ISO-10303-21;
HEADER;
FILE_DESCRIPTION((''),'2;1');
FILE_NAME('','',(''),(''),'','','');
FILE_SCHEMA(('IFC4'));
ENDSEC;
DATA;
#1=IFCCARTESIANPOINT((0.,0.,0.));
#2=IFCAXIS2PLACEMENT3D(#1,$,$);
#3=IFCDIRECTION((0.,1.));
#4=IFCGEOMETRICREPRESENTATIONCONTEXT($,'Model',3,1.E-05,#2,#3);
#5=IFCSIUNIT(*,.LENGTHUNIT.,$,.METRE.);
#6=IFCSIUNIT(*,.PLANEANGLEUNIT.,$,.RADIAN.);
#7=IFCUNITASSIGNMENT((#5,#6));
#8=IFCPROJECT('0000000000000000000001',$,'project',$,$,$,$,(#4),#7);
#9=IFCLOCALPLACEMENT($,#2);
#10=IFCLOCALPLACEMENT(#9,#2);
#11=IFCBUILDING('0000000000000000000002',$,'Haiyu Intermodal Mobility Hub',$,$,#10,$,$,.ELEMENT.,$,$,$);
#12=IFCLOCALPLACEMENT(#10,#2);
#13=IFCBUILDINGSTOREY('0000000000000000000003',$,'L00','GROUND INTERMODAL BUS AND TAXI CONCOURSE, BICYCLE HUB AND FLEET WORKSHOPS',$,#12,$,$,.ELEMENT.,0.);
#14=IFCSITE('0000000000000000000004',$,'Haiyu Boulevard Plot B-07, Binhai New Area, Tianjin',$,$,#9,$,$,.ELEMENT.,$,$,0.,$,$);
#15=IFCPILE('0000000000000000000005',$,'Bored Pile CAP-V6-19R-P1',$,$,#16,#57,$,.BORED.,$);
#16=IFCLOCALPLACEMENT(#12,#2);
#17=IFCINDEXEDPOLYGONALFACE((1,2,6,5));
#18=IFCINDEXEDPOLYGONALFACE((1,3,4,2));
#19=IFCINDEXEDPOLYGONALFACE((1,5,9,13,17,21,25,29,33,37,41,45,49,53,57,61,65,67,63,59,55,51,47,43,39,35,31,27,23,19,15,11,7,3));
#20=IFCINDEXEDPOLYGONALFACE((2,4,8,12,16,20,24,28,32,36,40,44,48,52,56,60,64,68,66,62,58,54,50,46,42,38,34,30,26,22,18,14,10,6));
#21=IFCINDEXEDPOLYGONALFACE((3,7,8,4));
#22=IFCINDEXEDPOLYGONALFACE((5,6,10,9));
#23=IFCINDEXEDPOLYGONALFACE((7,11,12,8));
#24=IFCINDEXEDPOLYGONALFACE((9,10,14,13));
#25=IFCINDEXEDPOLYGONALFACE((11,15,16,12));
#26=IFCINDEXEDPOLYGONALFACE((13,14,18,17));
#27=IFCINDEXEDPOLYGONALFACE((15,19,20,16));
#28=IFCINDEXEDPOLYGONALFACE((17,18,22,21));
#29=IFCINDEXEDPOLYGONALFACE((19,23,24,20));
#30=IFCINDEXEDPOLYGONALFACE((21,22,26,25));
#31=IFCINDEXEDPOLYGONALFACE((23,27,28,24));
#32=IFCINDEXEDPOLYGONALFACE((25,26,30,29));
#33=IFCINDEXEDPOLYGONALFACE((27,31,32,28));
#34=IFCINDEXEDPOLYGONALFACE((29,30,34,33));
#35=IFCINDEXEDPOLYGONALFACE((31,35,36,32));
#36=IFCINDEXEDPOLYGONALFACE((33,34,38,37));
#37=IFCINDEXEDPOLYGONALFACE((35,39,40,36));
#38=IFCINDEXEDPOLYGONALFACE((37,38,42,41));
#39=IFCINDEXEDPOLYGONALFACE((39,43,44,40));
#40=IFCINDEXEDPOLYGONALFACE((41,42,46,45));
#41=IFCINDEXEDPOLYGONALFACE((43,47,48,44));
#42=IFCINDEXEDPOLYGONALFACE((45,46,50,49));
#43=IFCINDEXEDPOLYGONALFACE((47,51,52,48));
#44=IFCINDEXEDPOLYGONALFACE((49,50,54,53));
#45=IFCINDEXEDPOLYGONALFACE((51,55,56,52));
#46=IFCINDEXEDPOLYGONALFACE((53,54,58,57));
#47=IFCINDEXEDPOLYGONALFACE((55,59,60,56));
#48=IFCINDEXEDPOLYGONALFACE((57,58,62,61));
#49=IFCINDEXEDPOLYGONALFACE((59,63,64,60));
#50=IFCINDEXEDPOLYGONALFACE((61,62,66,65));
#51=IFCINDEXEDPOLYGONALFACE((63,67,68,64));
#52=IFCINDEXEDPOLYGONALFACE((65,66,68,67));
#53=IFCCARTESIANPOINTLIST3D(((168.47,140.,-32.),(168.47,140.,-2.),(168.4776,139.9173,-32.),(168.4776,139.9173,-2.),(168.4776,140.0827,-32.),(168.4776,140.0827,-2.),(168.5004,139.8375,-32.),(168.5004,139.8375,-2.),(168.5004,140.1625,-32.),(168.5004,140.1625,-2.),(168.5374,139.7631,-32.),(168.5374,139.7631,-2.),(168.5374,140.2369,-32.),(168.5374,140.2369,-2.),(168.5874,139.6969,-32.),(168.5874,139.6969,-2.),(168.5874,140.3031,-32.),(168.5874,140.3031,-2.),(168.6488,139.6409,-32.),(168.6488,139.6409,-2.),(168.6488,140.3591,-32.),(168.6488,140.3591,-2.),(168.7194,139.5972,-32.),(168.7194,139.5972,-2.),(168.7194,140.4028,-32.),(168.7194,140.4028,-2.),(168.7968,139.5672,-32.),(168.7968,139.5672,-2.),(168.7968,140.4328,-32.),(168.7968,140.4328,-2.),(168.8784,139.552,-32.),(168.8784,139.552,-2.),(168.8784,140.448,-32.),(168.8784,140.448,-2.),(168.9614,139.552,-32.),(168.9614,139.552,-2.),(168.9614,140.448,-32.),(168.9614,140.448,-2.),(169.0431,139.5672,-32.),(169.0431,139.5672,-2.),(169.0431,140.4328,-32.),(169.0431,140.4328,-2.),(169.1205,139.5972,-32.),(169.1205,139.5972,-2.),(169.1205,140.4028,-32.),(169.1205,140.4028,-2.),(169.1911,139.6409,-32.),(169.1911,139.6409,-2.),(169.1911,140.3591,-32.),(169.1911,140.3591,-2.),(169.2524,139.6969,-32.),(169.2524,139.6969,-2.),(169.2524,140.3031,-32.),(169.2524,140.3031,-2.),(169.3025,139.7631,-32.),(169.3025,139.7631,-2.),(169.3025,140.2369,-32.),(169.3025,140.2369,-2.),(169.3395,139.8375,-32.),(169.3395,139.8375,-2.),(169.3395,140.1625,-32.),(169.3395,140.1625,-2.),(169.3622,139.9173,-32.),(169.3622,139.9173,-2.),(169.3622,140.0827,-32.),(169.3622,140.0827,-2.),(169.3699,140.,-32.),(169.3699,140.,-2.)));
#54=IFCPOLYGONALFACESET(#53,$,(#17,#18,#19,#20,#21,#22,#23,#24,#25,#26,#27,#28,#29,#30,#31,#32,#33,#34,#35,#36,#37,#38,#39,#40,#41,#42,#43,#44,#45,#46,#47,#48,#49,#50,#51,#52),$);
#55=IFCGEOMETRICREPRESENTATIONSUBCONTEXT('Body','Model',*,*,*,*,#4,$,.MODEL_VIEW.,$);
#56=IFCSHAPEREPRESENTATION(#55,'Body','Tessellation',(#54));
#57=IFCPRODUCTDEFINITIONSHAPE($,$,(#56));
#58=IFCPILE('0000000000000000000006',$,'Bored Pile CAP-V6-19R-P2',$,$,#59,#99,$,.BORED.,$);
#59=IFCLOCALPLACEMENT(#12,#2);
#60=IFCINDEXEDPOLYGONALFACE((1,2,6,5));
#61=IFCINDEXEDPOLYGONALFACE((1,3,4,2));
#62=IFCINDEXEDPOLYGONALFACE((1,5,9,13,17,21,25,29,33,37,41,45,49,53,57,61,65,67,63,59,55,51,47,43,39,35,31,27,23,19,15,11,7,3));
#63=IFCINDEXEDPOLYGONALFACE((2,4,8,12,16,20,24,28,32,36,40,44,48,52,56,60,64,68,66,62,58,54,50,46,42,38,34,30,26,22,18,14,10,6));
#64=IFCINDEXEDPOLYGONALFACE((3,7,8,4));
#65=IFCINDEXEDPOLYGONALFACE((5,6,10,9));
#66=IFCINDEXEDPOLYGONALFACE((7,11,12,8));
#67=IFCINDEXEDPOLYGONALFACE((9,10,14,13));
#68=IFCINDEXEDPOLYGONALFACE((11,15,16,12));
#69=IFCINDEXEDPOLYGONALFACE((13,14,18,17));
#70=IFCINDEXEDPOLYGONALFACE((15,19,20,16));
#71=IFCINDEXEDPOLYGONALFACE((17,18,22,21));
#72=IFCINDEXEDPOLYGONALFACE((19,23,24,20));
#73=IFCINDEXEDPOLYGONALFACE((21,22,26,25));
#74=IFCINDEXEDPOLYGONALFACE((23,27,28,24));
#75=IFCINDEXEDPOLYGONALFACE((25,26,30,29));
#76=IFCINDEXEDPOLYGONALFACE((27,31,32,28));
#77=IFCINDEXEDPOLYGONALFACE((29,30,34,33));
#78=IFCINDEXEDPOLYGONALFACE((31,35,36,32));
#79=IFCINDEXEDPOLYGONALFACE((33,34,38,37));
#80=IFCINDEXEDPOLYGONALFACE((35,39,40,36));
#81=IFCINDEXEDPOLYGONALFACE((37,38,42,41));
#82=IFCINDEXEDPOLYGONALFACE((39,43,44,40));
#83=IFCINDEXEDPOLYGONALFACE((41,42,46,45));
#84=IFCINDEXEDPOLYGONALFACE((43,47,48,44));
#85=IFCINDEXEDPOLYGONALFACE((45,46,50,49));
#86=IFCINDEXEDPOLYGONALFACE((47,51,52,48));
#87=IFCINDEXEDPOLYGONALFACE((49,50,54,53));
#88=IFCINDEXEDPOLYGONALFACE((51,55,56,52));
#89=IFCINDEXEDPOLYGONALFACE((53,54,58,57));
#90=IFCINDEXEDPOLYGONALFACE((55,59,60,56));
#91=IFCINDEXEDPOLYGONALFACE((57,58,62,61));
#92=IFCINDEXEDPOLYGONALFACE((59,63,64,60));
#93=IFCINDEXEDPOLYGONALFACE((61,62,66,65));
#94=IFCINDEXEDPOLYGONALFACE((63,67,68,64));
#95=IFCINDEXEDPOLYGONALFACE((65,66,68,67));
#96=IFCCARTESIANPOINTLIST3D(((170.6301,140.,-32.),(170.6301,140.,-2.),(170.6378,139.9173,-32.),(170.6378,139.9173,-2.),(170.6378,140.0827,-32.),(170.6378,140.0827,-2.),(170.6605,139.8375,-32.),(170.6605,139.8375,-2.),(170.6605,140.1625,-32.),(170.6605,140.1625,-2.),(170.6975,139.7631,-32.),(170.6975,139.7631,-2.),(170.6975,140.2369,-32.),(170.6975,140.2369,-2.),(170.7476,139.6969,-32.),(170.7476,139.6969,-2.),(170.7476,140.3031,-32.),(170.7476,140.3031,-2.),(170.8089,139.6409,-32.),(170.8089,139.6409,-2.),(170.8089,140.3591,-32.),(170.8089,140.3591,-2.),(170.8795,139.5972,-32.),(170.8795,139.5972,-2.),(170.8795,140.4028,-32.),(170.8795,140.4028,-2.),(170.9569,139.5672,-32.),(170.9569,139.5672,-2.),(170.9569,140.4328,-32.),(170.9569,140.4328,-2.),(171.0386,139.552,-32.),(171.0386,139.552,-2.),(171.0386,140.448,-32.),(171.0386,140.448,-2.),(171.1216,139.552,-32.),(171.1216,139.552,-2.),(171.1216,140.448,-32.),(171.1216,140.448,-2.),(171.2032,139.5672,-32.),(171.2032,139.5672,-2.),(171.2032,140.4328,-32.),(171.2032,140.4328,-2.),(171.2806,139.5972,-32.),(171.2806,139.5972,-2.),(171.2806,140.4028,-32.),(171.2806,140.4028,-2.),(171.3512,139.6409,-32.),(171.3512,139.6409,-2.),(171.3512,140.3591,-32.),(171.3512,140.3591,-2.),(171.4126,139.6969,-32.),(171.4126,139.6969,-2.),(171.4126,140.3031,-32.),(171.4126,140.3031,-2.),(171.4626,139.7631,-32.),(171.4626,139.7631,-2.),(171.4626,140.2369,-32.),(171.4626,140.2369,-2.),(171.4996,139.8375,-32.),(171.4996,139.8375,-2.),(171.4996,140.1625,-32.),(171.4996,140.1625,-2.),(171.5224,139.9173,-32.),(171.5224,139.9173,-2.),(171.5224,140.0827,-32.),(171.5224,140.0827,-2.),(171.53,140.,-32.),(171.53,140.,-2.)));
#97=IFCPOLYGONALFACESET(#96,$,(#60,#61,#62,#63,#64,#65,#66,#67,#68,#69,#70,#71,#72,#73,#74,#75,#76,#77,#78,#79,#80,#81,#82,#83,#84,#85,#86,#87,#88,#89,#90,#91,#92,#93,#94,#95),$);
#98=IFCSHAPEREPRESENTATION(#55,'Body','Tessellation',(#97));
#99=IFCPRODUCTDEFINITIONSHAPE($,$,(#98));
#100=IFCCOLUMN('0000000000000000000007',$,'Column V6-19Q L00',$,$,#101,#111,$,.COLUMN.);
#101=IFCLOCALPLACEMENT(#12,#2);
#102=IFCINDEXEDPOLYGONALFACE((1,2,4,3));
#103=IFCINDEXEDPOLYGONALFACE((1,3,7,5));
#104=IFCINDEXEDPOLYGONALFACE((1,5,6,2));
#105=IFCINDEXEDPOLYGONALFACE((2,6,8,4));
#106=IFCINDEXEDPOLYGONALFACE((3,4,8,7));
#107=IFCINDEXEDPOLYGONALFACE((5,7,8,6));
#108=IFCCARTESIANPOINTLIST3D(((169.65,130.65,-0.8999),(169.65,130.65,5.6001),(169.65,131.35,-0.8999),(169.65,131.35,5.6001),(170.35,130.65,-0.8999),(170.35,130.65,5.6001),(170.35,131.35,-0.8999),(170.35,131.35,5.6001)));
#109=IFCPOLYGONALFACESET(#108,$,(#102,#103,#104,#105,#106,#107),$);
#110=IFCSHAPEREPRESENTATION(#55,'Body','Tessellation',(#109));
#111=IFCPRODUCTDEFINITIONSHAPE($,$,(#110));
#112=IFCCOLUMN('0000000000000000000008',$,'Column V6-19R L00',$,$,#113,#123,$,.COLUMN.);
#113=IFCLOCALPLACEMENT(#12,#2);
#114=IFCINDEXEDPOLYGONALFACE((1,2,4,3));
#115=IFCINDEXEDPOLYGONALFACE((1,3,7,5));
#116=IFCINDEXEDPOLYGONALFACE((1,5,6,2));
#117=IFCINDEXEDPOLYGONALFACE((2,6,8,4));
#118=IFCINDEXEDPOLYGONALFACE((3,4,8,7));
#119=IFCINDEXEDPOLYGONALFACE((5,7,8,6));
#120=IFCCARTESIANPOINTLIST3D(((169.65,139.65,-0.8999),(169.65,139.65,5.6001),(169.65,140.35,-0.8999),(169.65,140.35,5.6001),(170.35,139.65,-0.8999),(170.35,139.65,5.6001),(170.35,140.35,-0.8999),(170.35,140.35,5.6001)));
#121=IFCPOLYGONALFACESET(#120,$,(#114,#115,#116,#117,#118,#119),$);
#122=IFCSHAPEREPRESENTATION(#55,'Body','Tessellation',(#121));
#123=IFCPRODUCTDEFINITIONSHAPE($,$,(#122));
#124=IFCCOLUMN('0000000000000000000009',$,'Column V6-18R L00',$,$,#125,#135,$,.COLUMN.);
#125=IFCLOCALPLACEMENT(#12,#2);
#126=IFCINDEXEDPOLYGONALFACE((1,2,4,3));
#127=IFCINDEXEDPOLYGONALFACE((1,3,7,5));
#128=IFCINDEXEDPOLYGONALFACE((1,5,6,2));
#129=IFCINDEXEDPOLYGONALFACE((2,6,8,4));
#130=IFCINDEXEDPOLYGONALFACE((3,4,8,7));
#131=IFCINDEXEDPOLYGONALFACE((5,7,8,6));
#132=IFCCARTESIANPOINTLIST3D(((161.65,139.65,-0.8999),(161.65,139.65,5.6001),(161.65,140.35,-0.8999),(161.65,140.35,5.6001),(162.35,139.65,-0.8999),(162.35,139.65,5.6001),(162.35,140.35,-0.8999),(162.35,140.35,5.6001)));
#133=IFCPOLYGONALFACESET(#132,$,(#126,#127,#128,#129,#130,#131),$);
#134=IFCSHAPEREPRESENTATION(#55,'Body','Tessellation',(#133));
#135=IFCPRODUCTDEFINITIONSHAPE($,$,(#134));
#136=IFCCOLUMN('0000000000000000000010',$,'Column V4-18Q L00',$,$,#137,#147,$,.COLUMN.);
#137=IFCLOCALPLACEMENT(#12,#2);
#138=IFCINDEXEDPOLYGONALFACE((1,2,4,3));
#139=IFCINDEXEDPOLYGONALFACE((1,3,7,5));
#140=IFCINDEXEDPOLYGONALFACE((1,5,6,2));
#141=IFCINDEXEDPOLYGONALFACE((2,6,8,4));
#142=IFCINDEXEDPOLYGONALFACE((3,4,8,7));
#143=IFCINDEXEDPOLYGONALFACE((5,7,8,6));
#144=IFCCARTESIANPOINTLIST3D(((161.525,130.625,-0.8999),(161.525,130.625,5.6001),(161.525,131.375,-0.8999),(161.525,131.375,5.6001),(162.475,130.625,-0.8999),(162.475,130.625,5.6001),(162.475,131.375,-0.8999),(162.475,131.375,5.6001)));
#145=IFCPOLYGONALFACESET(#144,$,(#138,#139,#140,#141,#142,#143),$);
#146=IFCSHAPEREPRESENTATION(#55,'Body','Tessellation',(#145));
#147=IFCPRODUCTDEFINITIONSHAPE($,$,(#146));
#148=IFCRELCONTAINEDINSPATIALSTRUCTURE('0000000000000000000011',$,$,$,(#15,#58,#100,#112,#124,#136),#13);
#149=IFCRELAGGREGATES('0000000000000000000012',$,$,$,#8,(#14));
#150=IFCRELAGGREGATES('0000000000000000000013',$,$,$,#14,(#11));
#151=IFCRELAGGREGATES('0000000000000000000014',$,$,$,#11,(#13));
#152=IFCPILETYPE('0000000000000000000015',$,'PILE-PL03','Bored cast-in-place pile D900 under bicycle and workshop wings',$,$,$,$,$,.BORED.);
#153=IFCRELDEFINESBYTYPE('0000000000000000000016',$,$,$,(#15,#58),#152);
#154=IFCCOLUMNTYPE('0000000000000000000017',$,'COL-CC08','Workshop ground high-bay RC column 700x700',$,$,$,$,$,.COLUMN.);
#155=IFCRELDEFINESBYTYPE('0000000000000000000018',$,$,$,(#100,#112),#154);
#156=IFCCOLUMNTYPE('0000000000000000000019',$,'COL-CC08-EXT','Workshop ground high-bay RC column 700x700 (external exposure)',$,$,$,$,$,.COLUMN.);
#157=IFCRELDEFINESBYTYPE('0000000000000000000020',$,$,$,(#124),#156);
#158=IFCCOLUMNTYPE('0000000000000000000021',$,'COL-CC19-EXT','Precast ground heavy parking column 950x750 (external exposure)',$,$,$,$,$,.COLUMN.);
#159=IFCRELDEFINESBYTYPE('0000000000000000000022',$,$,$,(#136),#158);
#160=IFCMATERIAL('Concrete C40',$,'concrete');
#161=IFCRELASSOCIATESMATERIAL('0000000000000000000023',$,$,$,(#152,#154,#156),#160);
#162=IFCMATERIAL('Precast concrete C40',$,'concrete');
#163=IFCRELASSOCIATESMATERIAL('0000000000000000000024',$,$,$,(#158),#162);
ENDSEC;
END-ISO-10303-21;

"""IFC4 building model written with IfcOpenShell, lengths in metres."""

from ifc_helpers import new_model, si_unit, direction, frame, origin, origin_2d, place, context, subcontext, project, spatial, rectangle, circle, extrude, material, material_profile, profile_set, type_object, element, save


model = new_model("IFC4")

# Units and contexts
model_context = context("Model", 3, precision=1e-05, world=origin(), true_north=direction((0.0, 1.0)))
body_context = subcontext(model_context, "Body", "Model", "MODEL_VIEW")
ifc_project = project(units=[si_unit("LENGTHUNIT", "METRE"), si_unit("PLANEANGLEUNIT", "RADIAN")], contexts=[model_context])

# Site, building, storey
site_placement = place(None, origin())
site = spatial("IfcSite", under=ifc_project, at=site_placement, Name="Haiyu Boulevard Plot B-07, Binhai New Area, Tianjin", CompositionType="ELEMENT", RefElevation=0.0)
building_placement = place(site_placement, origin())
building = spatial("IfcBuilding", under=site, at=building_placement, Name="Haiyu Intermodal Mobility Hub", CompositionType="ELEMENT")
storey_placement = place(building_placement, origin())
storey = spatial("IfcBuildingStorey", under=building, at=storey_placement, Name="L00", Description="GROUND INTERMODAL BUS AND TAXI CONCOURSE, BICYCLE HUB AND FLEET WORKSHOPS", CompositionType="ELEMENT", Elevation=0.0)

# Shared definitions
ifc_material_1 = material(Name="Concrete C40", Category="concrete")

# Piles
ifc_material_profile_1 = material_profile(ifc_material_1, circle(Radius=0.45, at=origin_2d()), Name="PILE-D900")
ifc_profile_set_1 = profile_set([ifc_material_profile_1], Name="Concrete C40")
pile_type_1 = type_object("IfcPileType", Name="PILE-PL03", Description="Bored cast-in-place pile D900 under bicycle and workshop wings", PredefinedType="BORED", material=ifc_profile_set_1)
for number, where, z_axis, x_axis, name in (
    (1, (168.9199, 140.0, -2.0), (0.0, 0.0, -1.0), (1.0, 0.0, 0.0), "Bored Pile CAP-V6-19R-P1"),
    (2, (171.0801, 140.0, -2.0), (0.0, 0.0, -1.0), (1.0, 0.0, 0.0), "Bored Pile CAP-V6-19R-P2"),
):
    element("IfcPile", number, at=place(storey_placement, frame(where, z_axis=z_axis, x_axis=x_axis)), inside=storey, type_object=pile_type_1, Name=name, PredefinedType="BORED", context=body_context, shape_type="SweptSolid", body=[
        extrude(circle(Radius=0.45, at=origin_2d()), origin(), (0.0, 0.0, 1.0), 30.0),
    ])

# Columns
ifc_material_profile_2 = material_profile(ifc_material_1, rectangle(XDim=0.7, YDim=0.7, at=origin_2d()), Name="RC700x700")
ifc_profile_set_2 = profile_set([ifc_material_profile_2], Name="Concrete C40")
column_type_1 = type_object("IfcColumnType", Name="COL-CC08", Description="Workshop ground high-bay RC column 700x700", PredefinedType="COLUMN", material=ifc_profile_set_2)
for number, where, z_axis, x_axis, name in (
    (3, (170.0, 131.0, -0.8999), (0.0, 0.0, 1.0), (1.0, 0.0, 0.0), "Column V6-19Q L00"),
    (4, (170.0, 140.0, -0.8999), (0.0, 0.0, 1.0), (1.0, 0.0, 0.0), "Column V6-19R L00"),
):
    element("IfcColumn", number, at=place(storey_placement, frame(where, z_axis=z_axis, x_axis=x_axis)), inside=storey, type_object=column_type_1, Name=name, PredefinedType="COLUMN", context=body_context, shape_type="SweptSolid", body=[
        extrude(rectangle(XDim=0.7, YDim=0.7, at=origin_2d()), origin(), (0.0, 0.0, 1.0), 6.5),
    ])
ifc_material_profile_3 = material_profile(ifc_material_1, rectangle(XDim=0.7, YDim=0.7, at=origin_2d()), Name="RC700x700")
ifc_profile_set_3 = profile_set([ifc_material_profile_3], Name="Concrete C40")
column_type_2 = type_object("IfcColumnType", Name="COL-CC08-EXT", Description="Workshop ground high-bay RC column 700x700 (external exposure)", PredefinedType="COLUMN", material=ifc_profile_set_3)
column_1_placement = place(storey_placement, frame((162.0, 140.0, -0.8999), z_axis=(0.0, 0.0, 1.0), x_axis=(1.0, 0.0, 0.0)))
element("IfcColumn", 5, at=column_1_placement, inside=storey, type_object=column_type_2, Name="Column V6-18R L00", PredefinedType="COLUMN", context=body_context, shape_type="SweptSolid", body=[
    extrude(rectangle(XDim=0.7, YDim=0.7, at=origin_2d()), origin(), (0.0, 0.0, 1.0), 6.5),
])
ifc_material_2 = material(Name="Precast concrete C40", Category="concrete")
ifc_material_profile_4 = material_profile(ifc_material_2, rectangle(XDim=0.95, YDim=0.75, at=origin_2d()), Name="C950x750")
ifc_profile_set_4 = profile_set([ifc_material_profile_4], Name="Precast concrete C40")
column_type_3 = type_object("IfcColumnType", Name="COL-CC19-EXT", Description="Precast ground heavy parking column 950x750 (external exposure)", PredefinedType="COLUMN", material=ifc_profile_set_4)
column_2_placement = place(storey_placement, frame((162.0, 131.0, -0.8999), z_axis=(0.0, 0.0, 1.0), x_axis=(1.0, 0.0, 0.0)))
element("IfcColumn", 6, at=column_2_placement, inside=storey, type_object=column_type_3, Name="Column V4-18Q L00", PredefinedType="COLUMN", context=body_context, shape_type="SweptSolid", body=[
    extrude(rectangle(XDim=0.95, YDim=0.75, at=origin_2d()), origin(), (0.0, 0.0, 1.0), 6.5),
])

save(model, "model.ifc")
